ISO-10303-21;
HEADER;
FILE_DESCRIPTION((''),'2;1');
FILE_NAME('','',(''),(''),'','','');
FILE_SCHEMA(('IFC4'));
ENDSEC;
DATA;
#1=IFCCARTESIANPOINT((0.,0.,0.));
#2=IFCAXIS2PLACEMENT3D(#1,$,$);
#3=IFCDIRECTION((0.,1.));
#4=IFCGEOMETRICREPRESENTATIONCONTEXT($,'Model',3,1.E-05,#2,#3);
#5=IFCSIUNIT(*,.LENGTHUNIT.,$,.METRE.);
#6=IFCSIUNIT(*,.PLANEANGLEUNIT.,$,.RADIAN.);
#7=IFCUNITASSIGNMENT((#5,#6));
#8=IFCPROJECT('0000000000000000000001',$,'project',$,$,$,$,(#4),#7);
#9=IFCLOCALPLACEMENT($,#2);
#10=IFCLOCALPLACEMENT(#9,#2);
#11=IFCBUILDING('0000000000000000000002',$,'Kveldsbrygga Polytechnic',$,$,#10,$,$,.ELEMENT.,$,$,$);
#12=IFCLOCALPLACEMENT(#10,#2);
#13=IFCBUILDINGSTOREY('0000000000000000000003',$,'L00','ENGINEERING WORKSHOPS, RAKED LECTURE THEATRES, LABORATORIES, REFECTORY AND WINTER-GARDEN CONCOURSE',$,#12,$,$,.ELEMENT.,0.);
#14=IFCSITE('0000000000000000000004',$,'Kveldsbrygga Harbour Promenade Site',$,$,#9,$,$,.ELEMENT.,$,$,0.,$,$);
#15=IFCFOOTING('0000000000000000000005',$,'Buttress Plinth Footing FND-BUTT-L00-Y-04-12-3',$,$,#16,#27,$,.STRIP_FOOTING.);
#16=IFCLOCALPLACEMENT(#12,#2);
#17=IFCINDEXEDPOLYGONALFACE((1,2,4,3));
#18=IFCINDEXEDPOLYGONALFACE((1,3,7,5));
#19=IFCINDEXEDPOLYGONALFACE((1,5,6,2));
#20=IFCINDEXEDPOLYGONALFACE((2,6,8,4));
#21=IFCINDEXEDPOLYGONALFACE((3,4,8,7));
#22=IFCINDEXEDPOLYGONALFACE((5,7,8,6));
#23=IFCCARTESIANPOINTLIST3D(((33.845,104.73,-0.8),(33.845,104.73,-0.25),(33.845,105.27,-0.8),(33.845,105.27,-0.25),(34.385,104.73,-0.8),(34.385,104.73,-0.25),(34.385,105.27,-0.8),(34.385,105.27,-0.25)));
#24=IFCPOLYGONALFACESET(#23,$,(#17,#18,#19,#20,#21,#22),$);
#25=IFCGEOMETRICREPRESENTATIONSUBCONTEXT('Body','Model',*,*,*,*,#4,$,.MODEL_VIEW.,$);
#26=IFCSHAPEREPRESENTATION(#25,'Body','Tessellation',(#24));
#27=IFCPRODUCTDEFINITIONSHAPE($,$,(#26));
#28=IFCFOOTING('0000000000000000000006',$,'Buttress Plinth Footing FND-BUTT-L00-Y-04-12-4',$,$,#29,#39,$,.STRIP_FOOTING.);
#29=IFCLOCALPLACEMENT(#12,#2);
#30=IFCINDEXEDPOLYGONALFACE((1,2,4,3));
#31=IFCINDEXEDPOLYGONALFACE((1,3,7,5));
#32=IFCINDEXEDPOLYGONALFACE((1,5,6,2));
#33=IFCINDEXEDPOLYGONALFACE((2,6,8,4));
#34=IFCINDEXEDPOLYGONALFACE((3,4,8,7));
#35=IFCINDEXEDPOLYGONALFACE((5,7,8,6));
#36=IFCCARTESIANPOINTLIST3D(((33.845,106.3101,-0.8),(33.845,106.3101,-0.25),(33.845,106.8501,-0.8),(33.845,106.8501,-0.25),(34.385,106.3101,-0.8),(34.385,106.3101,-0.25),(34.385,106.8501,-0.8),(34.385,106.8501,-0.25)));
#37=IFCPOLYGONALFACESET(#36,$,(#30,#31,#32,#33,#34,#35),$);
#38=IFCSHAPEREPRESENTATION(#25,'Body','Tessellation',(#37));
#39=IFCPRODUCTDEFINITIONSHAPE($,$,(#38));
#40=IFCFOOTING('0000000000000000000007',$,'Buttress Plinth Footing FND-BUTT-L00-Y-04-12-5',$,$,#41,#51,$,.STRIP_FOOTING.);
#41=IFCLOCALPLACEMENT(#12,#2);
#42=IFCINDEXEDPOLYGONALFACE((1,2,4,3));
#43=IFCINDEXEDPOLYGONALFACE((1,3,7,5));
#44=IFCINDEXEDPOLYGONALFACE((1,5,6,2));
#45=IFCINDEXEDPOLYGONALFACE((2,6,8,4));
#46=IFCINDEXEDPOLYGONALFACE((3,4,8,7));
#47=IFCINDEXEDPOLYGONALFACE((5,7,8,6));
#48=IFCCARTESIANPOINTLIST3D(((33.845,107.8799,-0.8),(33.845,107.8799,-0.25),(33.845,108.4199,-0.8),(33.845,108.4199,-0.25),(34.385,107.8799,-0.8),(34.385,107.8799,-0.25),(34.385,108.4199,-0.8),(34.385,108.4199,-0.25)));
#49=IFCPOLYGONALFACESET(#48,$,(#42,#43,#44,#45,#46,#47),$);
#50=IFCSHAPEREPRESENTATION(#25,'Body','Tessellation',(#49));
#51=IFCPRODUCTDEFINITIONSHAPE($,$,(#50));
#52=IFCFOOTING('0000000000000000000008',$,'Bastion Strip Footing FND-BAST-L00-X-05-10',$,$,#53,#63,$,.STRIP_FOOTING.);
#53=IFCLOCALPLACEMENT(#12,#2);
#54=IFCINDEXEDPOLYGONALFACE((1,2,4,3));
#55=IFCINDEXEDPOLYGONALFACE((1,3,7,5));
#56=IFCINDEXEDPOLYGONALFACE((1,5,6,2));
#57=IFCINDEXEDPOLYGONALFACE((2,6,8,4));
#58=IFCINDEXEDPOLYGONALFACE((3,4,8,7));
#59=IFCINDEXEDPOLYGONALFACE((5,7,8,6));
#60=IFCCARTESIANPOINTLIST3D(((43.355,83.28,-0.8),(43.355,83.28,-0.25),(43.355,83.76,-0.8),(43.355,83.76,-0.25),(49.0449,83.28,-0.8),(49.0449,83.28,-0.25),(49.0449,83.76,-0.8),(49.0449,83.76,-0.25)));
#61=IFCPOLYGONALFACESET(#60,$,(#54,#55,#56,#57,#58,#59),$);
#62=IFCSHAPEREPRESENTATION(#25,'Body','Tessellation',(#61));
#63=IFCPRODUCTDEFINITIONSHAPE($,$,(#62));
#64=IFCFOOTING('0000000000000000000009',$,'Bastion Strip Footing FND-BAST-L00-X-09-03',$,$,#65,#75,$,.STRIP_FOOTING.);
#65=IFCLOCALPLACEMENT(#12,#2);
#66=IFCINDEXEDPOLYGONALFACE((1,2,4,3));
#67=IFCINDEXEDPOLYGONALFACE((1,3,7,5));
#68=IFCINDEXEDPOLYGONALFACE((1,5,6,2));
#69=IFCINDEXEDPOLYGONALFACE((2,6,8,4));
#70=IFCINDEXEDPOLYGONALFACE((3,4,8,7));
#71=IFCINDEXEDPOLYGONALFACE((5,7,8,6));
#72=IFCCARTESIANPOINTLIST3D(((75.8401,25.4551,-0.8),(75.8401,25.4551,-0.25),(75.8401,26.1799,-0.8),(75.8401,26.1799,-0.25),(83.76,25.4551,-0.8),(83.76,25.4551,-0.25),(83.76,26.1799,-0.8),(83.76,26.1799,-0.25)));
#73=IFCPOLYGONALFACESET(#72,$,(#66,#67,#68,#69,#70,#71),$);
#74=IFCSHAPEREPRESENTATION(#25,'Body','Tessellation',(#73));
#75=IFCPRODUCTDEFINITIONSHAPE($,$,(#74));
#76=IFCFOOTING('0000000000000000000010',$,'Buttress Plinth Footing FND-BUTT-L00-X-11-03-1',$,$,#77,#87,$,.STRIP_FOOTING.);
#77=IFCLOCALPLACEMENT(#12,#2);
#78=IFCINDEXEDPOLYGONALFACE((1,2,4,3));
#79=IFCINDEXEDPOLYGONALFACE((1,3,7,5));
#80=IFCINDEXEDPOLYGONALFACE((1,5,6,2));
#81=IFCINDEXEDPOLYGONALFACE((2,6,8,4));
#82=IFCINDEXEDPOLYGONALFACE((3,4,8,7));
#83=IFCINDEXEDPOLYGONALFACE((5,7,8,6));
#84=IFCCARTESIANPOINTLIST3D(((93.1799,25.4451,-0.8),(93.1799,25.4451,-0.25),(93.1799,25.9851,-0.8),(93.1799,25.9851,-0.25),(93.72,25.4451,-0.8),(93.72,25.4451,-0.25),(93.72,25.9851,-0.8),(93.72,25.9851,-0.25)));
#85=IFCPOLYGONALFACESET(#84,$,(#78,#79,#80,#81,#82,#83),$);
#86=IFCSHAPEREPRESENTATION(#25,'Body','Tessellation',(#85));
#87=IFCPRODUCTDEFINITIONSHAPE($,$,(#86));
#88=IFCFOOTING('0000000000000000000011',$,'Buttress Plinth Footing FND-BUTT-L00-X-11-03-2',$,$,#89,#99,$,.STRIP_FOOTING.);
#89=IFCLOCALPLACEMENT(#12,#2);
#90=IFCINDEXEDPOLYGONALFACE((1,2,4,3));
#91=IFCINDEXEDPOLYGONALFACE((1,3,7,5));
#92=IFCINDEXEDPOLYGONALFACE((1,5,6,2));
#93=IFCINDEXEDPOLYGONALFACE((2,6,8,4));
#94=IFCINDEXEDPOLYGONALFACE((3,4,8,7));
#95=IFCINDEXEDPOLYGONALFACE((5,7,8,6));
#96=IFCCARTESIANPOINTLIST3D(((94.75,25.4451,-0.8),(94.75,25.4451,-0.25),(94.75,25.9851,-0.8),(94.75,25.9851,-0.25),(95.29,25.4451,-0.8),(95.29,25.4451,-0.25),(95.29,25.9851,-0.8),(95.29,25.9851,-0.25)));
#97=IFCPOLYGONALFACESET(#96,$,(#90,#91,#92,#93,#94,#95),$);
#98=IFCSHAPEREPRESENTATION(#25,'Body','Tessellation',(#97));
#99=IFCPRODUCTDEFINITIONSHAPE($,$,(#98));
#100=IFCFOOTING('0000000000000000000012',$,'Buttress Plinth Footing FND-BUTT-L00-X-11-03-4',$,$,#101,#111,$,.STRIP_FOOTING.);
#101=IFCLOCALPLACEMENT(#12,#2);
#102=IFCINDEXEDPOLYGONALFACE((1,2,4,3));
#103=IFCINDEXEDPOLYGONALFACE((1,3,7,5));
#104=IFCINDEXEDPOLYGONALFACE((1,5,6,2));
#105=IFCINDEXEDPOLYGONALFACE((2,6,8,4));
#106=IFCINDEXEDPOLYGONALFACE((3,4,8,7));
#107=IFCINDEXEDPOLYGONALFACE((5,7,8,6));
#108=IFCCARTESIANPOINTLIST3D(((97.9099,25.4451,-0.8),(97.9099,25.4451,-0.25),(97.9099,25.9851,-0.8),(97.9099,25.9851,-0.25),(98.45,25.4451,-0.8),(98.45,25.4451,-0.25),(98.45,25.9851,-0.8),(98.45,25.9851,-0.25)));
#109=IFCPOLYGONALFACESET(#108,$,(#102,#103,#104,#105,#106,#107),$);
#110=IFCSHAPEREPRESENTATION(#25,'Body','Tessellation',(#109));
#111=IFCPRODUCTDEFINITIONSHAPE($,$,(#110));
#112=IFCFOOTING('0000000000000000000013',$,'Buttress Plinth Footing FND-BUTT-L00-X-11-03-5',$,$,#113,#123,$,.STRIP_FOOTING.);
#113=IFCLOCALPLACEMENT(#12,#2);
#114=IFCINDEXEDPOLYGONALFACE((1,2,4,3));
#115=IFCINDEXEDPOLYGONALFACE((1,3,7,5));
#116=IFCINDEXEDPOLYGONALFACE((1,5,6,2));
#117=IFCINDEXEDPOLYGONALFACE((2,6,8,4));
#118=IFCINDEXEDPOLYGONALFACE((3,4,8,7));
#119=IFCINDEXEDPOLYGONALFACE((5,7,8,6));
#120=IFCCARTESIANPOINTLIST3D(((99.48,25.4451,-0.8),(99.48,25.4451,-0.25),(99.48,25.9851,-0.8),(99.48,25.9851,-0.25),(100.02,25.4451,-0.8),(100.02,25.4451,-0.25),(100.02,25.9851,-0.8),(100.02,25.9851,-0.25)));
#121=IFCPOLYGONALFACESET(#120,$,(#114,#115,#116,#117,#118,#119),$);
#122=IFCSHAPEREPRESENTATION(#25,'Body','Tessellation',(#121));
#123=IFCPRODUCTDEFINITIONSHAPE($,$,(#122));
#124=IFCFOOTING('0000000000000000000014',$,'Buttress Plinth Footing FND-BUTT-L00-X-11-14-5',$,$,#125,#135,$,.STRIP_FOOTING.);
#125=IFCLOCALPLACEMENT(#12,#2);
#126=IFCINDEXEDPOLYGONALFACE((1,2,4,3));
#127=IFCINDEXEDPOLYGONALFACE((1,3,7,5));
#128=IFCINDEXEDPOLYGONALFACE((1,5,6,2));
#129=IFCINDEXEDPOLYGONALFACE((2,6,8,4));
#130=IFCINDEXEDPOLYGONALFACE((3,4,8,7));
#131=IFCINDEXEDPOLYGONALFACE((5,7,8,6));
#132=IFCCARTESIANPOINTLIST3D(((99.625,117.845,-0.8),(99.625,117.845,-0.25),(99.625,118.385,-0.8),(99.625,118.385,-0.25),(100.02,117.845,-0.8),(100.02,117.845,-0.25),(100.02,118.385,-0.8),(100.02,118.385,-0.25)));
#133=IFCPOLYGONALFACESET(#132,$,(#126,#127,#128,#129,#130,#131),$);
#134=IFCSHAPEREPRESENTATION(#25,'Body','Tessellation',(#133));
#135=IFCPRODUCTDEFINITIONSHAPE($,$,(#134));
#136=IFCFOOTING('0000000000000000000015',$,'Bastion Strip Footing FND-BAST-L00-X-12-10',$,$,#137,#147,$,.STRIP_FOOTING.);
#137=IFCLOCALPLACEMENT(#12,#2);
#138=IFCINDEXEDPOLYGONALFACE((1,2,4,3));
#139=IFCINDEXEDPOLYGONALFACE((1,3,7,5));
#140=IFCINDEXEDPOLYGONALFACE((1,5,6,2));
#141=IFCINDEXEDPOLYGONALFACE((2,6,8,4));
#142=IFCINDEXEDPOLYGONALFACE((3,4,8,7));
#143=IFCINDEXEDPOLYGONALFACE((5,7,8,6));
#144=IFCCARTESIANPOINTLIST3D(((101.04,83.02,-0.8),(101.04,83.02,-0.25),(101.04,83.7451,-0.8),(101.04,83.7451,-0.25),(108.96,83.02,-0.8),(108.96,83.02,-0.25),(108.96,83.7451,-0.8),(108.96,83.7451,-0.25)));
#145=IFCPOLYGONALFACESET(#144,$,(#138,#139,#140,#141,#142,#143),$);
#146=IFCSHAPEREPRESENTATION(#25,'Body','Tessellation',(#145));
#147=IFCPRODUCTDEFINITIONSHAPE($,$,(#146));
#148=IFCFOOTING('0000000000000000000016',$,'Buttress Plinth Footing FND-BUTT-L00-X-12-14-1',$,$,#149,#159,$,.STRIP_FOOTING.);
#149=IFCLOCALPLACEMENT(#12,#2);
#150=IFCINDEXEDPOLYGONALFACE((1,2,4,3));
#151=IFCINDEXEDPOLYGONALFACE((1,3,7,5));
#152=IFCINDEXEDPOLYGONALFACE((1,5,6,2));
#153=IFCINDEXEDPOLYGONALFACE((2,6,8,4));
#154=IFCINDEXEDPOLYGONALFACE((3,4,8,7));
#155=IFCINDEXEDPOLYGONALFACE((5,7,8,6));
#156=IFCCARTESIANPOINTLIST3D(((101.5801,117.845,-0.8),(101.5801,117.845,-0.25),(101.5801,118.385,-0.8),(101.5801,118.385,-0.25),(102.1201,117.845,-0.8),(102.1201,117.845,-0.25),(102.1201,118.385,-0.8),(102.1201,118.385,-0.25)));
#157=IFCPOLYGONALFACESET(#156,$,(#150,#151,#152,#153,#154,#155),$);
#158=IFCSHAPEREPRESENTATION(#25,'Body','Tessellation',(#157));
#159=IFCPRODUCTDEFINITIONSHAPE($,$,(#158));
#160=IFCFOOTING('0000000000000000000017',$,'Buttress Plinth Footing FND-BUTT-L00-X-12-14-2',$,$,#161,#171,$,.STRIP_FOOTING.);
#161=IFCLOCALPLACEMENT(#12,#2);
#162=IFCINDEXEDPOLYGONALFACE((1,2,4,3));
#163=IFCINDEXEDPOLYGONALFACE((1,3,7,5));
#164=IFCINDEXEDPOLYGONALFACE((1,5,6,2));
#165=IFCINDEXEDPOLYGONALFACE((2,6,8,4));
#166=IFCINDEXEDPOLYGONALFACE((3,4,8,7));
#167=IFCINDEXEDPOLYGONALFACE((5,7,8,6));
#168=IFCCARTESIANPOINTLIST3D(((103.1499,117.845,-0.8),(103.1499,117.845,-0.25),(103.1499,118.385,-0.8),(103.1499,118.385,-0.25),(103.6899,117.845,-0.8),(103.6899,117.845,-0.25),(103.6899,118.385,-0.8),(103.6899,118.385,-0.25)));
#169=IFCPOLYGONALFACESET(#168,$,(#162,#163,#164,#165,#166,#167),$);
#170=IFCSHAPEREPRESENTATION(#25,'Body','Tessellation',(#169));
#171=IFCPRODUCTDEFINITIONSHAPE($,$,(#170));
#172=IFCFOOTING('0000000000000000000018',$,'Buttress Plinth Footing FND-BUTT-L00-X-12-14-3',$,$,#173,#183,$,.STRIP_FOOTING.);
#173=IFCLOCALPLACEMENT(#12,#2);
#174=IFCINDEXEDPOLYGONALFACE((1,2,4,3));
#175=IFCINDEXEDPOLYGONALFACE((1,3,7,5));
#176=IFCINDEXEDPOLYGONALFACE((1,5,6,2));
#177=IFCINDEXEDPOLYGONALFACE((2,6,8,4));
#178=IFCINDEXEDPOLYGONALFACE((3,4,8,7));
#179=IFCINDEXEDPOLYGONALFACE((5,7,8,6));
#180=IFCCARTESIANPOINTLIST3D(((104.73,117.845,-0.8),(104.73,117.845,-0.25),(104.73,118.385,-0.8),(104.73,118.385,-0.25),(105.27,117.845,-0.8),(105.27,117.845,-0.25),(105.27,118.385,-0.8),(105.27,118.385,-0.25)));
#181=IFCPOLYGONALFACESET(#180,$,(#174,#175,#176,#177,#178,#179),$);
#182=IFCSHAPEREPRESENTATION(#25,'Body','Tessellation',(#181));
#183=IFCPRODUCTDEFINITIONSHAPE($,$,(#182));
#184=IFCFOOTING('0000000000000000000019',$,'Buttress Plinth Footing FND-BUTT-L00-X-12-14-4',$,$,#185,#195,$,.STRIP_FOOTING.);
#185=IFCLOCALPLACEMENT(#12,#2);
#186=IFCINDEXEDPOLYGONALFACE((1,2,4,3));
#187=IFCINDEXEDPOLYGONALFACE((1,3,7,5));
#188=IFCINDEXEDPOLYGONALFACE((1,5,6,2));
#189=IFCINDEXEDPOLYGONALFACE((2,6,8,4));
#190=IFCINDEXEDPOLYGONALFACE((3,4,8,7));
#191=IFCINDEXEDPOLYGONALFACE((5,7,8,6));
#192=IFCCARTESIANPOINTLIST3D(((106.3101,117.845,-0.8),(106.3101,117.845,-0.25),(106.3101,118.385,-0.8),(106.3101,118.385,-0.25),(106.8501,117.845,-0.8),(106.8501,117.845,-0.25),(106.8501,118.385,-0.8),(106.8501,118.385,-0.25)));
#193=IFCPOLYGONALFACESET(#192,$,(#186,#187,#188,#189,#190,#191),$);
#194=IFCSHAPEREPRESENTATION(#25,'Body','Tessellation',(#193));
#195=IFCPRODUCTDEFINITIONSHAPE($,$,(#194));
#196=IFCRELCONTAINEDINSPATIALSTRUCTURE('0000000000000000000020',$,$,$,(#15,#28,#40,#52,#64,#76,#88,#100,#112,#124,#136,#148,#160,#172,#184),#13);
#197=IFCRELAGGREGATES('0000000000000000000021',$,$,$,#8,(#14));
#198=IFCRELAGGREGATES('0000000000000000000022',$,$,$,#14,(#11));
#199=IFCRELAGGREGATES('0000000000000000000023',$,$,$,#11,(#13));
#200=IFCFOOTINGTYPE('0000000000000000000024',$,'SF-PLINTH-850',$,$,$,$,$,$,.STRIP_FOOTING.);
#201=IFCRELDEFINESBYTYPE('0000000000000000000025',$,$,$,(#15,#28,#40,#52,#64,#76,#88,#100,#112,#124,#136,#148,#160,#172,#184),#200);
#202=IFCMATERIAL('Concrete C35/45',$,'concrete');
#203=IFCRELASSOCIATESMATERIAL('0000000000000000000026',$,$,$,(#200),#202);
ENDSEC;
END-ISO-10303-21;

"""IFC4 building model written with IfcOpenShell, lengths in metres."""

from ifc_helpers import new_model, si_unit, direction, frame, origin, place, context, subcontext, project, spatial, polyline, outline, extrude, material, type_object, element, save


model = new_model("IFC4")

# Units and contexts
model_context = context("Model", 3, precision=1e-05, world=origin(), true_north=direction((0.0, 1.0)))
body_context = subcontext(model_context, "Body", "Model", "MODEL_VIEW")
ifc_project = project(units=[si_unit("LENGTHUNIT", "METRE"), si_unit("PLANEANGLEUNIT", "RADIAN")], contexts=[model_context])

# Site, building, storey
site_placement = place(None, origin())
site = spatial("IfcSite", under=ifc_project, at=site_placement, Name="Kveldsbrygga Harbour Promenade Site", CompositionType="ELEMENT", RefElevation=0.0)
building_placement = place(site_placement, origin())
building = spatial("IfcBuilding", under=site, at=building_placement, Name="Kveldsbrygga Polytechnic", CompositionType="ELEMENT")
storey_placement = place(building_placement, origin())
storey = spatial("IfcBuildingStorey", under=building, at=storey_placement, Name="L00", Description="ENGINEERING WORKSHOPS, RAKED LECTURE THEATRES, LABORATORIES, REFECTORY AND WINTER-GARDEN CONCOURSE", CompositionType="ELEMENT", Elevation=0.0)

# Footings
ifc_material = material(Name="Concrete C35/45", Category="concrete")
footing_type = type_object("IfcFootingType", Name="SF-PLINTH-850", PredefinedType="STRIP_FOOTING", material=ifc_material)
footing_1_placement = place(storey_placement, frame((0.0, 0.0, -0.8)))
element("IfcFooting", 1, at=footing_1_placement, inside=storey, type_object=footing_type, Name="Buttress Plinth Footing FND-BUTT-L00-Y-04-12-3", PredefinedType="STRIP_FOOTING", context=body_context, shape_type="SweptSolid", body=[
    extrude(outline(polyline([(33.845, 104.73), (34.385, 104.73), (34.385, 105.27), (33.845, 105.27), (33.845, 104.73)])), origin(), (0.0, 0.0, 1.0), 0.55),
])
footing_2_placement = place(storey_placement, frame((0.0, 0.0, -0.8)))
element("IfcFooting", 2, at=footing_2_placement, inside=storey, type_object=footing_type, Name="Buttress Plinth Footing FND-BUTT-L00-Y-04-12-4", PredefinedType="STRIP_FOOTING", context=body_context, shape_type="SweptSolid", body=[
    extrude(outline(polyline([(33.845, 106.3101), (34.385, 106.3101), (34.385, 106.8501), (33.845, 106.8501), (33.845, 106.3101)])), origin(), (0.0, 0.0, 1.0), 0.55),
])
footing_3_placement = place(storey_placement, frame((0.0, 0.0, -0.8)))
element("IfcFooting", 3, at=footing_3_placement, inside=storey, type_object=footing_type, Name="Buttress Plinth Footing FND-BUTT-L00-Y-04-12-5", PredefinedType="STRIP_FOOTING", context=body_context, shape_type="SweptSolid", body=[
    extrude(outline(polyline([(33.845, 107.8799), (34.385, 107.8799), (34.385, 108.4199), (33.845, 108.4199), (33.845, 107.8799)])), origin(), (0.0, 0.0, 1.0), 0.55),
])
footing_4_placement = place(storey_placement, frame((0.0, 0.0, -0.8)))
element("IfcFooting", 4, at=footing_4_placement, inside=storey, type_object=footing_type, Name="Bastion Strip Footing FND-BAST-L00-X-05-10", PredefinedType="STRIP_FOOTING", context=body_context, shape_type="SweptSolid", body=[
    extrude(outline(polyline([(43.355, 83.28), (49.0449, 83.28), (49.0449, 83.76), (43.355, 83.76), (43.355, 83.28)])), origin(), (0.0, 0.0, 1.0), 0.55),
])
footing_5_placement = place(storey_placement, frame((0.0, 0.0, -0.8)))
element("IfcFooting", 5, at=footing_5_placement, inside=storey, type_object=footing_type, Name="Bastion Strip Footing FND-BAST-L00-X-09-03", PredefinedType="STRIP_FOOTING", context=body_context, shape_type="SweptSolid", body=[
    extrude(outline(polyline([(75.8401, 25.4551), (83.76, 25.4551), (83.76, 26.1799), (75.8401, 26.1799), (75.8401, 25.4551)])), origin(), (0.0, 0.0, 1.0), 0.55),
])
footing_6_placement = place(storey_placement, frame((0.0, 0.0, -0.8)))
element("IfcFooting", 6, at=footing_6_placement, inside=storey, type_object=footing_type, Name="Buttress Plinth Footing FND-BUTT-L00-X-11-03-1", PredefinedType="STRIP_FOOTING", context=body_context, shape_type="SweptSolid", body=[
    extrude(outline(polyline([(93.1799, 25.4451), (93.72, 25.4451), (93.72, 25.9851), (93.1799, 25.9851), (93.1799, 25.4451)])), origin(), (0.0, 0.0, 1.0), 0.55),
])
footing_7_placement = place(storey_placement, frame((0.0, 0.0, -0.8)))
element("IfcFooting", 7, at=footing_7_placement, inside=storey, type_object=footing_type, Name="Buttress Plinth Footing FND-BUTT-L00-X-11-03-2", PredefinedType="STRIP_FOOTING", context=body_context, shape_type="SweptSolid", body=[
    extrude(outline(polyline([(94.75, 25.4451), (95.29, 25.4451), (95.29, 25.9851), (94.75, 25.9851), (94.75, 25.4451)])), origin(), (0.0, 0.0, 1.0), 0.55),
])
footing_8_placement = place(storey_placement, frame((0.0, 0.0, -0.8)))
element("IfcFooting", 8, at=footing_8_placement, inside=storey, type_object=footing_type, Name="Buttress Plinth Footing FND-BUTT-L00-X-11-03-4", PredefinedType="STRIP_FOOTING", context=body_context, shape_type="SweptSolid", body=[
    extrude(outline(polyline([(97.9099, 25.4451), (98.45, 25.4451), (98.45, 25.9851), (97.9099, 25.9851), (97.9099, 25.4451)])), origin(), (0.0, 0.0, 1.0), 0.55),
])
footing_9_placement = place(storey_placement, frame((0.0, 0.0, -0.8)))
element("IfcFooting", 9, at=footing_9_placement, inside=storey, type_object=footing_type, Name="Buttress Plinth Footing FND-BUTT-L00-X-11-03-5", PredefinedType="STRIP_FOOTING", context=body_context, shape_type="SweptSolid", body=[
    extrude(outline(polyline([(99.48, 25.4451), (100.02, 25.4451), (100.02, 25.9851), (99.48, 25.9851), (99.48, 25.4451)])), origin(), (0.0, 0.0, 1.0), 0.55),
])
footing_10_placement = place(storey_placement, frame((0.0, 0.0, -0.8)))
element("IfcFooting", 10, at=footing_10_placement, inside=storey, type_object=footing_type, Name="Buttress Plinth Footing FND-BUTT-L00-X-11-14-5", PredefinedType="STRIP_FOOTING", context=body_context, shape_type="SweptSolid", body=[
    extrude(outline(polyline([(99.625, 117.845), (100.02, 117.845), (100.02, 118.385), (99.625, 118.385), (99.625, 117.845)])), origin(), (0.0, 0.0, 1.0), 0.55),
])
footing_11_placement = place(storey_placement, frame((0.0, 0.0, -0.8)))
element("IfcFooting", 11, at=footing_11_placement, inside=storey, type_object=footing_type, Name="Bastion Strip Footing FND-BAST-L00-X-12-10", PredefinedType="STRIP_FOOTING", context=body_context, shape_type="SweptSolid", body=[
    extrude(outline(polyline([(101.04, 83.02), (108.96, 83.02), (108.96, 83.7451), (101.04, 83.7451), (101.04, 83.02)])), origin(), (0.0, 0.0, 1.0), 0.55),
])
footing_12_placement = place(storey_placement, frame((0.0, 0.0, -0.8)))
element("IfcFooting", 12, at=footing_12_placement, inside=storey, type_object=footing_type, Name="Buttress Plinth Footing FND-BUTT-L00-X-12-14-1", PredefinedType="STRIP_FOOTING", context=body_context, shape_type="SweptSolid", body=[
    extrude(outline(polyline([(101.5801, 117.845), (102.1201, 117.845), (102.1201, 118.385), (101.5801, 118.385), (101.5801, 117.845)])), origin(), (0.0, 0.0, 1.0), 0.55),
])
footing_13_placement = place(storey_placement, frame((0.0, 0.0, -0.8)))
element("IfcFooting", 13, at=footing_13_placement, inside=storey, type_object=footing_type, Name="Buttress Plinth Footing FND-BUTT-L00-X-12-14-2", PredefinedType="STRIP_FOOTING", context=body_context, shape_type="SweptSolid", body=[
    extrude(outline(polyline([(103.1499, 117.845), (103.6899, 117.845), (103.6899, 118.385), (103.1499, 118.385), (103.1499, 117.845)])), origin(), (0.0, 0.0, 1.0), 0.55),
])
footing_14_placement = place(storey_placement, frame((0.0, 0.0, -0.8)))
element("IfcFooting", 14, at=footing_14_placement, inside=storey, type_object=footing_type, Name="Buttress Plinth Footing FND-BUTT-L00-X-12-14-3", PredefinedType="STRIP_FOOTING", context=body_context, shape_type="SweptSolid", body=[
    extrude(outline(polyline([(104.73, 117.845), (105.27, 117.845), (105.27, 118.385), (104.73, 118.385), (104.73, 117.845)])), origin(), (0.0, 0.0, 1.0), 0.55),
])
footing_15_placement = place(storey_placement, frame((0.0, 0.0, -0.8)))
element("IfcFooting", 15, at=footing_15_placement, inside=storey, type_object=footing_type, Name="Buttress Plinth Footing FND-BUTT-L00-X-12-14-4", PredefinedType="STRIP_FOOTING", context=body_context, shape_type="SweptSolid", body=[
    extrude(outline(polyline([(106.3101, 117.845), (106.8501, 117.845), (106.8501, 118.385), (106.3101, 118.385), (106.3101, 117.845)])), origin(), (0.0, 0.0, 1.0), 0.55),
])

save(model, "model.ifc")
